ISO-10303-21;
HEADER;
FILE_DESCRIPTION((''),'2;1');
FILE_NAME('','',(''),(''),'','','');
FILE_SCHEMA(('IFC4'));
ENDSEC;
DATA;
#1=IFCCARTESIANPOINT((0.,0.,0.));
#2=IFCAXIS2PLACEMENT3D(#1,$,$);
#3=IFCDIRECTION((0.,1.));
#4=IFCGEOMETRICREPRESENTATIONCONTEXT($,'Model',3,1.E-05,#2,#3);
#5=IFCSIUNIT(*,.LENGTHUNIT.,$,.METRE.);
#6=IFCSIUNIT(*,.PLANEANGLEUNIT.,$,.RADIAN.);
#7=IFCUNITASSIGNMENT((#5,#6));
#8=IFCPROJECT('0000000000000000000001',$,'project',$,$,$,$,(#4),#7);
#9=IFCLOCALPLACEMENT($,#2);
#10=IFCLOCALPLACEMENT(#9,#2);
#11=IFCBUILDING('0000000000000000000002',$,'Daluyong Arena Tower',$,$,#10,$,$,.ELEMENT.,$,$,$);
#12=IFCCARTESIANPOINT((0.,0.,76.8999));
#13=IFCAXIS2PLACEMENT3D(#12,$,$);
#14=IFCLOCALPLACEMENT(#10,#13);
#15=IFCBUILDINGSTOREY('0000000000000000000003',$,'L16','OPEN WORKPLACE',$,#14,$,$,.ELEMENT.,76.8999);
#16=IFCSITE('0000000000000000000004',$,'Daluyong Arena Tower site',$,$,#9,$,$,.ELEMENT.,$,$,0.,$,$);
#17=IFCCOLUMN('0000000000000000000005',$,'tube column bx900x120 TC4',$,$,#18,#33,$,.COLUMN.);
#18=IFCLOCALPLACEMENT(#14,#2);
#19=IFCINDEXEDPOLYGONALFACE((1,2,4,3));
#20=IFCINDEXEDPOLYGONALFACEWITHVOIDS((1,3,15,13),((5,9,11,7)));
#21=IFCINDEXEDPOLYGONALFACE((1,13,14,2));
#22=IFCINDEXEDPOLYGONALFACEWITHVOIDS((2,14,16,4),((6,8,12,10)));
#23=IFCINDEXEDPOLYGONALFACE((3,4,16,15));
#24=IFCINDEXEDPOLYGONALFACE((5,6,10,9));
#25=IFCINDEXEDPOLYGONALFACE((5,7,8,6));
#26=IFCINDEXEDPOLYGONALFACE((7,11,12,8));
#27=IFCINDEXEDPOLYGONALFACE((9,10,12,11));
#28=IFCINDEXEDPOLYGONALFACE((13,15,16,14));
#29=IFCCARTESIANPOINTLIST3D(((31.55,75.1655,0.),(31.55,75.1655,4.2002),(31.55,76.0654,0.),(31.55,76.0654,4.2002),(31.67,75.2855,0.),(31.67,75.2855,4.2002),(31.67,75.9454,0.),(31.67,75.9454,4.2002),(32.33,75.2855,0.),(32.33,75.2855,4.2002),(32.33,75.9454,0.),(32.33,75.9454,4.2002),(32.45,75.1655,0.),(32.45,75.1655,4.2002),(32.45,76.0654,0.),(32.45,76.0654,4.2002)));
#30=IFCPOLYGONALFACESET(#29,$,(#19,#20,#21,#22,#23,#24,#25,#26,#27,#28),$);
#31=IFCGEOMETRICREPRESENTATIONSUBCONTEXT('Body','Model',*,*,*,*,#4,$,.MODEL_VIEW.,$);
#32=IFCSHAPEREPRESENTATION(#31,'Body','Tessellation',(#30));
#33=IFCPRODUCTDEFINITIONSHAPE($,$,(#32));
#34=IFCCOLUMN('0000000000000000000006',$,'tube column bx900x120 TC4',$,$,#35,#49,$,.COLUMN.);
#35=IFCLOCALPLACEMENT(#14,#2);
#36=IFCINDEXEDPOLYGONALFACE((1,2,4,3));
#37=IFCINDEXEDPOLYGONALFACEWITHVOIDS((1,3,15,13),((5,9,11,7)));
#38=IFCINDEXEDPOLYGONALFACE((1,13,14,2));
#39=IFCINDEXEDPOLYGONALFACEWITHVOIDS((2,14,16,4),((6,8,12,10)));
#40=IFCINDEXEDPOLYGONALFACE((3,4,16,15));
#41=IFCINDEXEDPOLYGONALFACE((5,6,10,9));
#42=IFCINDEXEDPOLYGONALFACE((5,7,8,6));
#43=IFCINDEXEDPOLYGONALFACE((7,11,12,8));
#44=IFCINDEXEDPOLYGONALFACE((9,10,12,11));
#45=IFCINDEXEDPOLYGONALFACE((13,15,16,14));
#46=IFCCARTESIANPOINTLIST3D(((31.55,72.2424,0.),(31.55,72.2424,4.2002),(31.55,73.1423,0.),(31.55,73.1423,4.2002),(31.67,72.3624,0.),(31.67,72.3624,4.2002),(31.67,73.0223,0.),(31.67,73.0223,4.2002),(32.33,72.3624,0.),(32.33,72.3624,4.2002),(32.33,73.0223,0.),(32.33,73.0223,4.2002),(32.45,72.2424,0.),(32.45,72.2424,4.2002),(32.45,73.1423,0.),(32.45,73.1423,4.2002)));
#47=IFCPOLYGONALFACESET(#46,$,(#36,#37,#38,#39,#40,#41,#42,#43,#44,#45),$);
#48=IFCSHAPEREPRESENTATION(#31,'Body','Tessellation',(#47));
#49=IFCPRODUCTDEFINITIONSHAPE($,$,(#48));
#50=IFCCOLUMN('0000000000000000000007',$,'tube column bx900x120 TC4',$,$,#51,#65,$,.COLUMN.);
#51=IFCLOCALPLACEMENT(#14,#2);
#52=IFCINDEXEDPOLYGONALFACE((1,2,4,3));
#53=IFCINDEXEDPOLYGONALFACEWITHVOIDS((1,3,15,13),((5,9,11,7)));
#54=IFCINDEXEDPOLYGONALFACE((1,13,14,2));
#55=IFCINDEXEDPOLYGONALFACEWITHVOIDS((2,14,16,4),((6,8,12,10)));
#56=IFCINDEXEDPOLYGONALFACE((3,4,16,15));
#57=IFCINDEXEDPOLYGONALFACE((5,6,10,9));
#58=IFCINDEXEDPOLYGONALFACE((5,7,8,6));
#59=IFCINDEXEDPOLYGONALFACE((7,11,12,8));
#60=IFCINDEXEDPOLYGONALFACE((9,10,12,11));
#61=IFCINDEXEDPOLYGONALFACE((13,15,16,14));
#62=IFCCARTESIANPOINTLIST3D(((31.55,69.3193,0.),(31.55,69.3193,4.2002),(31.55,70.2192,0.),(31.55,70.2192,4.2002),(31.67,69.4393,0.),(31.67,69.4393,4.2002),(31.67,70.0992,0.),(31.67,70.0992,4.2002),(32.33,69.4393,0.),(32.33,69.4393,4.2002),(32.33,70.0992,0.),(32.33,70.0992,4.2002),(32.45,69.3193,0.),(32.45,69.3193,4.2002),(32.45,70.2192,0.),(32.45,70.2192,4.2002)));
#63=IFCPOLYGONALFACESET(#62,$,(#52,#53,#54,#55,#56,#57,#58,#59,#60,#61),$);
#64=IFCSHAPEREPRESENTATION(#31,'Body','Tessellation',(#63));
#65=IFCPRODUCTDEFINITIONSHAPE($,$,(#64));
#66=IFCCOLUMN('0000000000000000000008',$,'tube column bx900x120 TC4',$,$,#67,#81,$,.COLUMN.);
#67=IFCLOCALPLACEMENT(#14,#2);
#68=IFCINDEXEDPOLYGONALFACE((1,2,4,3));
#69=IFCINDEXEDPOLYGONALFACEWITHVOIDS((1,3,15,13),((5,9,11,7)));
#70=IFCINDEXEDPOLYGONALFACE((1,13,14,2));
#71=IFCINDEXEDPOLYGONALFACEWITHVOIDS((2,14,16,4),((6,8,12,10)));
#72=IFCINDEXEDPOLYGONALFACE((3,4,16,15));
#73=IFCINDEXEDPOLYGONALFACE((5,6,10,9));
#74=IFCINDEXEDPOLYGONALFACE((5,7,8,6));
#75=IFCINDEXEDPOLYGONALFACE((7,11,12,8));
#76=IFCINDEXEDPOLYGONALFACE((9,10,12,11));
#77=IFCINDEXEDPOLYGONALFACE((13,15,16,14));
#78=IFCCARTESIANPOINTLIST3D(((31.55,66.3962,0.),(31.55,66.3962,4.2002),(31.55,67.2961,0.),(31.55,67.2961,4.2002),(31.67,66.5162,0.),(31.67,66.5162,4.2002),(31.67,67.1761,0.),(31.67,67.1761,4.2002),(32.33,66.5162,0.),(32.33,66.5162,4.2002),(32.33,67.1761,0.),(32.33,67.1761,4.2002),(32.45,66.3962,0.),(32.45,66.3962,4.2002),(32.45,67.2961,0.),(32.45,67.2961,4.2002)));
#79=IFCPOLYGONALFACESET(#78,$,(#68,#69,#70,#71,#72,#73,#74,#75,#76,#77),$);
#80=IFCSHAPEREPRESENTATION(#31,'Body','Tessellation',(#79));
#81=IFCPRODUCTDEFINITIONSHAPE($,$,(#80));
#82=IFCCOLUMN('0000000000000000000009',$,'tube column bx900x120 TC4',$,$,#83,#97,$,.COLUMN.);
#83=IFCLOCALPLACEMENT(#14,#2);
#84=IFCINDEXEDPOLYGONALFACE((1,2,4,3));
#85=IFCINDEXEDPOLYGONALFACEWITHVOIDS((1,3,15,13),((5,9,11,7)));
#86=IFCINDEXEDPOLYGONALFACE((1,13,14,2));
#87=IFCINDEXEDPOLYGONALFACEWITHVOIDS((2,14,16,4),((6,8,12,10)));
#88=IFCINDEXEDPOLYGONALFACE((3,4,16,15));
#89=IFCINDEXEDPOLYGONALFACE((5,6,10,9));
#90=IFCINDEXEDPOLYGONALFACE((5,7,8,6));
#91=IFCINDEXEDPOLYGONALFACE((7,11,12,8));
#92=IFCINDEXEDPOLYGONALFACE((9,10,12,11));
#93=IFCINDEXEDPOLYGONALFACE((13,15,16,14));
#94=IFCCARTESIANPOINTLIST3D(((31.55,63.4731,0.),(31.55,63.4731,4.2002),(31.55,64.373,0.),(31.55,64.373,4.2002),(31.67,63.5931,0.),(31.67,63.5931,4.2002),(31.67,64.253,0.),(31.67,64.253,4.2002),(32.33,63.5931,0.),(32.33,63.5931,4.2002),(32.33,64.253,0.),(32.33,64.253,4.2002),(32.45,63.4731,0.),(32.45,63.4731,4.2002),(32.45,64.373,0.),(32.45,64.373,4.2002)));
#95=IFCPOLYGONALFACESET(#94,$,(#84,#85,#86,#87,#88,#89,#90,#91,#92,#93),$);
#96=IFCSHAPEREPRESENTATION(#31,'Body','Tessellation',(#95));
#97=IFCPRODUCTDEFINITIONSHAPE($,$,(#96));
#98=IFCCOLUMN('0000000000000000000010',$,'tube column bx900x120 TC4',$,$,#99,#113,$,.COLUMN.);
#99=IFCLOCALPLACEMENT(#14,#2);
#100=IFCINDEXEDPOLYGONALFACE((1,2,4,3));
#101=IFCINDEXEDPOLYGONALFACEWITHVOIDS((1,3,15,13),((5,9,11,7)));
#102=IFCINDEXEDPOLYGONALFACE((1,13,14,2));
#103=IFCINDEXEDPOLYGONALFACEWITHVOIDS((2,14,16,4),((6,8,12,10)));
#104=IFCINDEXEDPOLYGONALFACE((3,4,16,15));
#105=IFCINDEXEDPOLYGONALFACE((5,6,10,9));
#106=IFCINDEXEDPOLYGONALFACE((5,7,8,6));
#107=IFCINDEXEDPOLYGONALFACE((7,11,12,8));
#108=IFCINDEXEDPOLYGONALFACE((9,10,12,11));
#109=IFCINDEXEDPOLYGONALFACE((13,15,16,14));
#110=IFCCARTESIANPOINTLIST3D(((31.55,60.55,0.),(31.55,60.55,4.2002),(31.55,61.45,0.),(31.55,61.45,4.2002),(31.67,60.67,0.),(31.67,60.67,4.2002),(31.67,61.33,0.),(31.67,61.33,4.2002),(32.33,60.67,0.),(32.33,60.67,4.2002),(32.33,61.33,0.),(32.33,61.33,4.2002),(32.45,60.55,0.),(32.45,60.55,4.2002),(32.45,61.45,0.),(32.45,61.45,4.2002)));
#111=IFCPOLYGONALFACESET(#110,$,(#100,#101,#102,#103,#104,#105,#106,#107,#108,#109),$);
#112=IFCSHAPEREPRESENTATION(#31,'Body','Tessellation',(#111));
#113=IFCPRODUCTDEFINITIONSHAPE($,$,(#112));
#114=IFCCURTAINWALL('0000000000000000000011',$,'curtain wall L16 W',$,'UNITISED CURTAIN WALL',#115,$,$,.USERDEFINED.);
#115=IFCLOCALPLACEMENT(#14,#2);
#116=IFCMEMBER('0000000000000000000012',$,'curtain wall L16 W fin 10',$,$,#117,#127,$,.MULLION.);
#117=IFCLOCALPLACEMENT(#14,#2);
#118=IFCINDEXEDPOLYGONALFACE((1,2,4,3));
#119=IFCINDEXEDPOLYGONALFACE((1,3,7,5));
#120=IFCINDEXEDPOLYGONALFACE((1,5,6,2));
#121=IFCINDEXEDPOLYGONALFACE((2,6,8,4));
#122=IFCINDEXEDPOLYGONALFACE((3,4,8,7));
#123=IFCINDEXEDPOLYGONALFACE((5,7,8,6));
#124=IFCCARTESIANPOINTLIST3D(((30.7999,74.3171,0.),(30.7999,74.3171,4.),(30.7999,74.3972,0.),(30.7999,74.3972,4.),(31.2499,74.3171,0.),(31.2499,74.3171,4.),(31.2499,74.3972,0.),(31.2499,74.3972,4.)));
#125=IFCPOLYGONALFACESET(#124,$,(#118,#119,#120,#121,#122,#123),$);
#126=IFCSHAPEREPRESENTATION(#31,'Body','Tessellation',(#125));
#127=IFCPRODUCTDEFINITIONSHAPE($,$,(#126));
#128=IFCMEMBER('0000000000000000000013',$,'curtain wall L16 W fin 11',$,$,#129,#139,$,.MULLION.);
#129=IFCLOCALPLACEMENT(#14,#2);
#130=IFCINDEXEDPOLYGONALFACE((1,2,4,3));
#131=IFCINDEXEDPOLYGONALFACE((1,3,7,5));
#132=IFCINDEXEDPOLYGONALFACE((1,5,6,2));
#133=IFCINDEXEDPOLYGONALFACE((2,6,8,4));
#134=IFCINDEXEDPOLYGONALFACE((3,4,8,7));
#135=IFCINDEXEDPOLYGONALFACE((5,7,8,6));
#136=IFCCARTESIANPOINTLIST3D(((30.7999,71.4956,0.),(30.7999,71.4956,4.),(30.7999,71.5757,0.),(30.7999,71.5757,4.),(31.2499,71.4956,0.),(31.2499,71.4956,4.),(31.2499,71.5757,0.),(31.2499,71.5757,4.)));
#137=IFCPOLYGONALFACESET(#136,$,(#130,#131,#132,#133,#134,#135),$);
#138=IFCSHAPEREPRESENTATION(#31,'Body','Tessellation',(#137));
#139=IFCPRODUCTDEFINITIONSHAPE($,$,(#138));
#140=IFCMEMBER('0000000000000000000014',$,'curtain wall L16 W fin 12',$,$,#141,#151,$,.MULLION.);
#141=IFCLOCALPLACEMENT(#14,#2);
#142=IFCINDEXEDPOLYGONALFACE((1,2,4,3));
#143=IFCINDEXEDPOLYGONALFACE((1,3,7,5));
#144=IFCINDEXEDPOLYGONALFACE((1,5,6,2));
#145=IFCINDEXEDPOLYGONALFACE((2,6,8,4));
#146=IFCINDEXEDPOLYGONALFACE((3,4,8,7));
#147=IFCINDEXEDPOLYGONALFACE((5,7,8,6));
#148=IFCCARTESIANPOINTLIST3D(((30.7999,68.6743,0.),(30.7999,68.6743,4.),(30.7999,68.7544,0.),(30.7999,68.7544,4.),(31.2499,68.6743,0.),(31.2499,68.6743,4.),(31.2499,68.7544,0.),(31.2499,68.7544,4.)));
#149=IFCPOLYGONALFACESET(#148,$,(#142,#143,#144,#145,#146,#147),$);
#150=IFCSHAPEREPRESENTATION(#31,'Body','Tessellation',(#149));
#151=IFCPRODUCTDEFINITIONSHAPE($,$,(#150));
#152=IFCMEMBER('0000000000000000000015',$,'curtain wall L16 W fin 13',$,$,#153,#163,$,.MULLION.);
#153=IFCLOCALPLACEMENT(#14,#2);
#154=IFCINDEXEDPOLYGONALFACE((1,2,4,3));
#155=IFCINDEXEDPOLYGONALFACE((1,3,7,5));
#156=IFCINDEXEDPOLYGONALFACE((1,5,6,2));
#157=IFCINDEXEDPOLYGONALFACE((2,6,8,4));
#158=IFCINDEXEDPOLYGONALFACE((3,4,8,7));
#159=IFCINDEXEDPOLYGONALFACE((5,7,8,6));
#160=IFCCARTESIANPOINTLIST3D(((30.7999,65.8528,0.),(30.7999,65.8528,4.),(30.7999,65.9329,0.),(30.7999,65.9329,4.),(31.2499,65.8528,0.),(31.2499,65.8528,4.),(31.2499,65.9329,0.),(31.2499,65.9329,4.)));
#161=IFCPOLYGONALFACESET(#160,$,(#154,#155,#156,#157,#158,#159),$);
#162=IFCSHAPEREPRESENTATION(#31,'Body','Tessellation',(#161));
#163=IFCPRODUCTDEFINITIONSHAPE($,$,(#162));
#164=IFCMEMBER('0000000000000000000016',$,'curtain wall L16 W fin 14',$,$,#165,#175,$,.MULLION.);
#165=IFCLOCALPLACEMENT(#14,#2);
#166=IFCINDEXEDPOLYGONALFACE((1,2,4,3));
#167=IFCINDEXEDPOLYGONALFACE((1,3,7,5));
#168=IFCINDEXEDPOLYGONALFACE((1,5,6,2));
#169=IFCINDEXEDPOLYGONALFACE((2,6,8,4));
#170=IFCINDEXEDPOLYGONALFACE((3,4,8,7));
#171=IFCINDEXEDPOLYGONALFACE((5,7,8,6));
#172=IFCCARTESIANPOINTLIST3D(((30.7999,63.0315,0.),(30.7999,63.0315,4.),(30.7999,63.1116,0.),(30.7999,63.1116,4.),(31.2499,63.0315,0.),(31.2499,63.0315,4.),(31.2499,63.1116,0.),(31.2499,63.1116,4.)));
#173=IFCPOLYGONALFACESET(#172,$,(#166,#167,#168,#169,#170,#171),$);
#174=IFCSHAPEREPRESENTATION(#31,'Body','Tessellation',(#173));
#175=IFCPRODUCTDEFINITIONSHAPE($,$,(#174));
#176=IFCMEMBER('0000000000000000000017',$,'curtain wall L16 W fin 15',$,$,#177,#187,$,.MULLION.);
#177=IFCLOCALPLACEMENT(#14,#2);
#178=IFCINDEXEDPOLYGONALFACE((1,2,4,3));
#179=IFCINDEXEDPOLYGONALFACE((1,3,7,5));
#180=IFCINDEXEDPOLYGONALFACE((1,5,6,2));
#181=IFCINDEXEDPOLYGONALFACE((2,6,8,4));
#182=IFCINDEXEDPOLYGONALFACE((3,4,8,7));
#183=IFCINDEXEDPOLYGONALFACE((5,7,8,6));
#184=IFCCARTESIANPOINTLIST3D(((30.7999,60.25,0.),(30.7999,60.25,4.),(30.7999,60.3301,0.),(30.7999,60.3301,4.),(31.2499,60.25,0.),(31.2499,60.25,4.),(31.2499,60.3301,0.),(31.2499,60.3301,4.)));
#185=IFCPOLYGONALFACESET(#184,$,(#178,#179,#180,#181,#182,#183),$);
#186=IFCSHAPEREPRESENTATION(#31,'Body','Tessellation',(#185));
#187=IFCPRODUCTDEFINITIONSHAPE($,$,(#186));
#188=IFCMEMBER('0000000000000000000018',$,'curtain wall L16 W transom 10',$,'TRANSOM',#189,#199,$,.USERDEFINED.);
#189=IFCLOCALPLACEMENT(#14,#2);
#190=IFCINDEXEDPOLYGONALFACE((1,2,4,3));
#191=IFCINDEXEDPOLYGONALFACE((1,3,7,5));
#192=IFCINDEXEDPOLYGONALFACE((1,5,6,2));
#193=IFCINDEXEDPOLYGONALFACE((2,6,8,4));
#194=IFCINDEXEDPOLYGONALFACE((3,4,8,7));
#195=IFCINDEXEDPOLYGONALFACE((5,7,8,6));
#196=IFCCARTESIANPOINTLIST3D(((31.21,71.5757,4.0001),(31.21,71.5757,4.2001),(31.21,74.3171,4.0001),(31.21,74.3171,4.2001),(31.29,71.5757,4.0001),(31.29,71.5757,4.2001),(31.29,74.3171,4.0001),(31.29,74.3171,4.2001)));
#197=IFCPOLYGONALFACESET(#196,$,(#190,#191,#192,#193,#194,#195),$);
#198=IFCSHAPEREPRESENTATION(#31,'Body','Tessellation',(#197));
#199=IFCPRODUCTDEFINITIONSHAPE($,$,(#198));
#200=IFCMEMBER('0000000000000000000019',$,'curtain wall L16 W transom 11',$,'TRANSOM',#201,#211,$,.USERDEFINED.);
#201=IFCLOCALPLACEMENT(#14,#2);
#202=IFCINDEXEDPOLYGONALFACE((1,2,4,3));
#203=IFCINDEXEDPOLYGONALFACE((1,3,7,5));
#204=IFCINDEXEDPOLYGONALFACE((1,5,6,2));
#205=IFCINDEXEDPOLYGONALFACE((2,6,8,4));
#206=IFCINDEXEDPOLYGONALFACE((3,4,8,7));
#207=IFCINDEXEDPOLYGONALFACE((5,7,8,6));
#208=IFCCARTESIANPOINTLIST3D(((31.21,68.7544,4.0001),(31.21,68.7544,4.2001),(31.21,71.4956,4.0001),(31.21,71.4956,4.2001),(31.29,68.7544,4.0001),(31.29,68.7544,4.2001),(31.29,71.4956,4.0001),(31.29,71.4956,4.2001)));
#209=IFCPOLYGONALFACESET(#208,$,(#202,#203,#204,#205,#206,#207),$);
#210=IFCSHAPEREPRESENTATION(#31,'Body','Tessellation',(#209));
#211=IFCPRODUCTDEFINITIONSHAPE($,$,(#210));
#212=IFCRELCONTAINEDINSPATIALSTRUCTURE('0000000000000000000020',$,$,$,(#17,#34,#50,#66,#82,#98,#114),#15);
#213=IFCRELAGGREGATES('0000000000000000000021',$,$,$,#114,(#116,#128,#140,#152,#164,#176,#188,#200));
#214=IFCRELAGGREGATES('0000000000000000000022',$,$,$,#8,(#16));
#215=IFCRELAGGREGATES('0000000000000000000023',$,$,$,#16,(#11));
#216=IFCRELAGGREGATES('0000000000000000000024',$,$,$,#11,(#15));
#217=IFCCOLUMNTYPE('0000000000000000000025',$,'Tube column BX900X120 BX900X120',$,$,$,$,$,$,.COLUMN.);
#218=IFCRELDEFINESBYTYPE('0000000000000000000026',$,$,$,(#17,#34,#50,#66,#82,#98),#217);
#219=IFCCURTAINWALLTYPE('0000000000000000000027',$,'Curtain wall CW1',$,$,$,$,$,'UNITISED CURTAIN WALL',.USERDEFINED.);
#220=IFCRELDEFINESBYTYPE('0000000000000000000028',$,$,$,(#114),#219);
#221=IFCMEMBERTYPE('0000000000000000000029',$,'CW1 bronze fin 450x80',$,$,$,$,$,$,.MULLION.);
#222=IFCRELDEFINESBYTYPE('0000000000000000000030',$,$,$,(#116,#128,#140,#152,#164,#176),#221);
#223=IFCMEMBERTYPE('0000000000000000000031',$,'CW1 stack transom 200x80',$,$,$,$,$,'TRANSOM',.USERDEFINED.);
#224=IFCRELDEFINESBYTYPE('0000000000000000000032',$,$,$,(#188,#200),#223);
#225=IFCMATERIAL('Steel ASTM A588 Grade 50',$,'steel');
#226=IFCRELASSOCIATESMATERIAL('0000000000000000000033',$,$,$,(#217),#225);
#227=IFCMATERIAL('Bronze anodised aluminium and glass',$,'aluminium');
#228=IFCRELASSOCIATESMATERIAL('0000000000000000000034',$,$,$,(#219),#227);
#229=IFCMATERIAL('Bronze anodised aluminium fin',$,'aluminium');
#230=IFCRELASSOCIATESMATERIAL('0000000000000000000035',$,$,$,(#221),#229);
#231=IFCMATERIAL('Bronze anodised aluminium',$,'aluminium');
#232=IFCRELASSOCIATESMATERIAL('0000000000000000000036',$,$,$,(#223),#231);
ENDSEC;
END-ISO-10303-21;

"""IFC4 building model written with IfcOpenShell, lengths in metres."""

from ifc_helpers import new_model, si_unit, direction, frame, origin, origin_2d, place, context, subcontext, project, spatial, rectangle, hollow_rectangle, extrude, material, material_profile, profile_set, type_object, element, aggregate, save


model = new_model("IFC4")

# Units and contexts
model_context = context("Model", 3, precision=1e-05, world=origin(), true_north=direction((0.0, 1.0)))
body_context = subcontext(model_context, "Body", "Model", "MODEL_VIEW")
ifc_project = project(units=[si_unit("LENGTHUNIT", "METRE"), si_unit("PLANEANGLEUNIT", "RADIAN")], contexts=[model_context])

# Site, building, storey
site_placement = place(None, origin())
site = spatial("IfcSite", under=ifc_project, at=site_placement, Name="Daluyong Arena Tower site", CompositionType="ELEMENT", RefElevation=0.0)
building_placement = place(site_placement, origin())
building = spatial("IfcBuilding", under=site, at=building_placement, Name="Daluyong Arena Tower", CompositionType="ELEMENT")
storey_placement = place(building_placement, frame((0.0, 0.0, 76.8999)))
storey = spatial("IfcBuildingStorey", under=building, at=storey_placement, Name="L16", Description="OPEN WORKPLACE", CompositionType="ELEMENT", Elevation=76.8999)

# Columns
ifc_material_1 = material(Name="Steel ASTM A588 Grade 50", Category="steel")
ifc_material_profile_1 = material_profile(ifc_material_1, hollow_rectangle(XDim=0.8999, YDim=0.8999, WallThickness=0.12, at=origin_2d()))
ifc_profile_set_1 = profile_set([ifc_material_profile_1], Name="Steel ASTM A588 Grade 50")
column_type = type_object("IfcColumnType", Name="Tube column BX900X120 BX900X120", PredefinedType="COLUMN", material=ifc_profile_set_1)
for number, where, z_axis, x_axis, name in (
    (1, (32.0, 75.6155, 0.0), (0.0, 0.0, 1.0), (0.0, 1.0, 0.0), "tube column bx900x120 TC4"),
    (2, (32.0, 72.6924, 0.0), (0.0, 0.0, 1.0), (0.0, 1.0, 0.0), "tube column bx900x120 TC4"),
    (3, (32.0, 69.7693, 0.0), (0.0, 0.0, 1.0), (0.0, 1.0, 0.0), "tube column bx900x120 TC4"),
    (4, (32.0, 66.8462, 0.0), (0.0, 0.0, 1.0), (0.0, 1.0, 0.0), "tube column bx900x120 TC4"),
    (5, (32.0, 63.9231, 0.0), (0.0, 0.0, 1.0), (0.0, 1.0, 0.0), "tube column bx900x120 TC4"),
    (6, (32.0, 61.0, 0.0), (0.0, 0.0, 1.0), (1.0, 0.0, 0.0), "tube column bx900x120 TC4"),
):
    element("IfcColumn", number, at=place(storey_placement, frame(where, z_axis=z_axis, x_axis=x_axis)), inside=storey, type_object=column_type, Name=name, PredefinedType="COLUMN", context=body_context, shape_type="SweptSolid", body=[
        extrude(hollow_rectangle(XDim=0.8999, YDim=0.8999, WallThickness=0.12, at=origin_2d()), origin(), (0.0, 0.0, 1.0), 4.2002),
    ])

# Curtain wall, members
ifc_material_2 = material(Name="Bronze anodised aluminium and glass", Category="aluminium")
curtain_wall_type_1 = type_object("IfcCurtainWallType", Name="Curtain wall CW1", ElementType="UNITISED CURTAIN WALL", PredefinedType="USERDEFINED", material=ifc_material_2)
curtain_wall_1_placement = place(storey_placement, origin())
curtain_wall_1 = element("IfcCurtainWall", 7, at=curtain_wall_1_placement, inside=storey, type_object=curtain_wall_type_1, Name="curtain wall L16 W", ObjectType="UNITISED CURTAIN WALL", PredefinedType="USERDEFINED")
ifc_material_3 = material(Name="Bronze anodised aluminium fin", Category="aluminium")
ifc_material_profile_2 = material_profile(ifc_material_3, rectangle(XDim=0.45, YDim=0.0801, at=origin_2d()))
ifc_profile_set_2 = profile_set([ifc_material_profile_2], Name="Bronze anodised aluminium fin")
member_type_1 = type_object("IfcMemberType", Name="CW1 bronze fin 450x80", PredefinedType="MULLION", material=ifc_profile_set_2)
member_1_placement = place(storey_placement, frame((31.0249, 74.3572, 0.0), z_axis=(0.0, 0.0, 1.0), x_axis=(1.0, 0.0, 0.0)))
member_1 = element("IfcMember", 8, at=member_1_placement, type_object=member_type_1, Name="curtain wall L16 W fin 10", PredefinedType="MULLION", context=body_context, shape_type="SweptSolid", body=[
    extrude(rectangle(XDim=0.45, YDim=0.0801, at=origin_2d()), origin(), (0.0, 0.0, 1.0), 4.0),
])
member_2_placement = place(storey_placement, frame((31.0249, 71.5356, 0.0), z_axis=(0.0, 0.0, 1.0), x_axis=(1.0, 0.0, 0.0)))
member_2 = element("IfcMember", 9, at=member_2_placement, type_object=member_type_1, Name="curtain wall L16 W fin 11", PredefinedType="MULLION", context=body_context, shape_type="SweptSolid", body=[
    extrude(rectangle(XDim=0.45, YDim=0.0801, at=origin_2d()), origin(), (0.0, 0.0, 1.0), 4.0),
])
member_3_placement = place(storey_placement, frame((31.0249, 68.7144, 0.0), z_axis=(0.0, 0.0, 1.0), x_axis=(1.0, 0.0, 0.0)))
member_3 = element("IfcMember", 10, at=member_3_placement, type_object=member_type_1, Name="curtain wall L16 W fin 12", PredefinedType="MULLION", context=body_context, shape_type="SweptSolid", body=[
    extrude(rectangle(XDim=0.45, YDim=0.0801, at=origin_2d()), origin(), (0.0, 0.0, 1.0), 4.0),
])
member_4_placement = place(storey_placement, frame((31.0249, 65.8928, 0.0), z_axis=(0.0, 0.0, 1.0), x_axis=(1.0, 0.0, 0.0)))
member_4 = element("IfcMember", 11, at=member_4_placement, type_object=member_type_1, Name="curtain wall L16 W fin 13", PredefinedType="MULLION", context=body_context, shape_type="SweptSolid", body=[
    extrude(rectangle(XDim=0.45, YDim=0.0801, at=origin_2d()), origin(), (0.0, 0.0, 1.0), 4.0),
])
member_5_placement = place(storey_placement, frame((31.0249, 63.0715, 0.0), z_axis=(0.0, 0.0, 1.0), x_axis=(1.0, 0.0, 0.0)))
member_5 = element("IfcMember", 12, at=member_5_placement, type_object=member_type_1, Name="curtain wall L16 W fin 14", PredefinedType="MULLION", context=body_context, shape_type="SweptSolid", body=[
    extrude(rectangle(XDim=0.45, YDim=0.0801, at=origin_2d()), origin(), (0.0, 0.0, 1.0), 4.0),
])
member_6_placement = place(storey_placement, frame((31.0249, 60.29, 0.0), z_axis=(0.0, 0.0, 1.0), x_axis=(1.0, 0.0, 0.0)))
member_6 = element("IfcMember", 13, at=member_6_placement, type_object=member_type_1, Name="curtain wall L16 W fin 15", PredefinedType="MULLION", context=body_context, shape_type="SweptSolid", body=[
    extrude(rectangle(XDim=0.45, YDim=0.0801, at=origin_2d()), origin(), (0.0, 0.0, 1.0), 4.0),
])
ifc_material_4 = material(Name="Bronze anodised aluminium", Category="aluminium")
ifc_material_profile_3 = material_profile(ifc_material_4, rectangle(XDim=0.0801, YDim=0.2, at=origin_2d()))
ifc_profile_set_3 = profile_set([ifc_material_profile_3], Name="Bronze anodised aluminium")
member_type_2 = type_object("IfcMemberType", Name="CW1 stack transom 200x80", ElementType="TRANSOM", PredefinedType="USERDEFINED", material=ifc_profile_set_3)
member_7_placement = place(storey_placement, frame((31.25, 74.3171, 4.1001), z_axis=(0.0, -1.0, 0.0), x_axis=(1.0, 0.0, 0.0)))
member_7 = element("IfcMember", 14, at=member_7_placement, type_object=member_type_2, Name="curtain wall L16 W transom 10", ObjectType="TRANSOM", PredefinedType="USERDEFINED", context=body_context, shape_type="SweptSolid", body=[
    extrude(rectangle(XDim=0.0801, YDim=0.2, at=origin_2d()), origin(), (0.0, 0.0, 1.0), 2.7415),
])
member_8_placement = place(storey_placement, frame((31.25, 71.4956, 4.1001), z_axis=(0.0, -1.0, 0.0), x_axis=(1.0, 0.0, 0.0)))
member_8 = element("IfcMember", 15, at=member_8_placement, type_object=member_type_2, Name="curtain wall L16 W transom 11", ObjectType="TRANSOM", PredefinedType="USERDEFINED", context=body_context, shape_type="SweptSolid", body=[
    extrude(rectangle(XDim=0.0801, YDim=0.2, at=origin_2d()), origin(), (0.0, 0.0, 1.0), 2.7412),
])

aggregate(curtain_wall_1, [member_1, member_2, member_3, member_4, member_5, member_6, member_7, member_8])

save(model, "model.ifc")
